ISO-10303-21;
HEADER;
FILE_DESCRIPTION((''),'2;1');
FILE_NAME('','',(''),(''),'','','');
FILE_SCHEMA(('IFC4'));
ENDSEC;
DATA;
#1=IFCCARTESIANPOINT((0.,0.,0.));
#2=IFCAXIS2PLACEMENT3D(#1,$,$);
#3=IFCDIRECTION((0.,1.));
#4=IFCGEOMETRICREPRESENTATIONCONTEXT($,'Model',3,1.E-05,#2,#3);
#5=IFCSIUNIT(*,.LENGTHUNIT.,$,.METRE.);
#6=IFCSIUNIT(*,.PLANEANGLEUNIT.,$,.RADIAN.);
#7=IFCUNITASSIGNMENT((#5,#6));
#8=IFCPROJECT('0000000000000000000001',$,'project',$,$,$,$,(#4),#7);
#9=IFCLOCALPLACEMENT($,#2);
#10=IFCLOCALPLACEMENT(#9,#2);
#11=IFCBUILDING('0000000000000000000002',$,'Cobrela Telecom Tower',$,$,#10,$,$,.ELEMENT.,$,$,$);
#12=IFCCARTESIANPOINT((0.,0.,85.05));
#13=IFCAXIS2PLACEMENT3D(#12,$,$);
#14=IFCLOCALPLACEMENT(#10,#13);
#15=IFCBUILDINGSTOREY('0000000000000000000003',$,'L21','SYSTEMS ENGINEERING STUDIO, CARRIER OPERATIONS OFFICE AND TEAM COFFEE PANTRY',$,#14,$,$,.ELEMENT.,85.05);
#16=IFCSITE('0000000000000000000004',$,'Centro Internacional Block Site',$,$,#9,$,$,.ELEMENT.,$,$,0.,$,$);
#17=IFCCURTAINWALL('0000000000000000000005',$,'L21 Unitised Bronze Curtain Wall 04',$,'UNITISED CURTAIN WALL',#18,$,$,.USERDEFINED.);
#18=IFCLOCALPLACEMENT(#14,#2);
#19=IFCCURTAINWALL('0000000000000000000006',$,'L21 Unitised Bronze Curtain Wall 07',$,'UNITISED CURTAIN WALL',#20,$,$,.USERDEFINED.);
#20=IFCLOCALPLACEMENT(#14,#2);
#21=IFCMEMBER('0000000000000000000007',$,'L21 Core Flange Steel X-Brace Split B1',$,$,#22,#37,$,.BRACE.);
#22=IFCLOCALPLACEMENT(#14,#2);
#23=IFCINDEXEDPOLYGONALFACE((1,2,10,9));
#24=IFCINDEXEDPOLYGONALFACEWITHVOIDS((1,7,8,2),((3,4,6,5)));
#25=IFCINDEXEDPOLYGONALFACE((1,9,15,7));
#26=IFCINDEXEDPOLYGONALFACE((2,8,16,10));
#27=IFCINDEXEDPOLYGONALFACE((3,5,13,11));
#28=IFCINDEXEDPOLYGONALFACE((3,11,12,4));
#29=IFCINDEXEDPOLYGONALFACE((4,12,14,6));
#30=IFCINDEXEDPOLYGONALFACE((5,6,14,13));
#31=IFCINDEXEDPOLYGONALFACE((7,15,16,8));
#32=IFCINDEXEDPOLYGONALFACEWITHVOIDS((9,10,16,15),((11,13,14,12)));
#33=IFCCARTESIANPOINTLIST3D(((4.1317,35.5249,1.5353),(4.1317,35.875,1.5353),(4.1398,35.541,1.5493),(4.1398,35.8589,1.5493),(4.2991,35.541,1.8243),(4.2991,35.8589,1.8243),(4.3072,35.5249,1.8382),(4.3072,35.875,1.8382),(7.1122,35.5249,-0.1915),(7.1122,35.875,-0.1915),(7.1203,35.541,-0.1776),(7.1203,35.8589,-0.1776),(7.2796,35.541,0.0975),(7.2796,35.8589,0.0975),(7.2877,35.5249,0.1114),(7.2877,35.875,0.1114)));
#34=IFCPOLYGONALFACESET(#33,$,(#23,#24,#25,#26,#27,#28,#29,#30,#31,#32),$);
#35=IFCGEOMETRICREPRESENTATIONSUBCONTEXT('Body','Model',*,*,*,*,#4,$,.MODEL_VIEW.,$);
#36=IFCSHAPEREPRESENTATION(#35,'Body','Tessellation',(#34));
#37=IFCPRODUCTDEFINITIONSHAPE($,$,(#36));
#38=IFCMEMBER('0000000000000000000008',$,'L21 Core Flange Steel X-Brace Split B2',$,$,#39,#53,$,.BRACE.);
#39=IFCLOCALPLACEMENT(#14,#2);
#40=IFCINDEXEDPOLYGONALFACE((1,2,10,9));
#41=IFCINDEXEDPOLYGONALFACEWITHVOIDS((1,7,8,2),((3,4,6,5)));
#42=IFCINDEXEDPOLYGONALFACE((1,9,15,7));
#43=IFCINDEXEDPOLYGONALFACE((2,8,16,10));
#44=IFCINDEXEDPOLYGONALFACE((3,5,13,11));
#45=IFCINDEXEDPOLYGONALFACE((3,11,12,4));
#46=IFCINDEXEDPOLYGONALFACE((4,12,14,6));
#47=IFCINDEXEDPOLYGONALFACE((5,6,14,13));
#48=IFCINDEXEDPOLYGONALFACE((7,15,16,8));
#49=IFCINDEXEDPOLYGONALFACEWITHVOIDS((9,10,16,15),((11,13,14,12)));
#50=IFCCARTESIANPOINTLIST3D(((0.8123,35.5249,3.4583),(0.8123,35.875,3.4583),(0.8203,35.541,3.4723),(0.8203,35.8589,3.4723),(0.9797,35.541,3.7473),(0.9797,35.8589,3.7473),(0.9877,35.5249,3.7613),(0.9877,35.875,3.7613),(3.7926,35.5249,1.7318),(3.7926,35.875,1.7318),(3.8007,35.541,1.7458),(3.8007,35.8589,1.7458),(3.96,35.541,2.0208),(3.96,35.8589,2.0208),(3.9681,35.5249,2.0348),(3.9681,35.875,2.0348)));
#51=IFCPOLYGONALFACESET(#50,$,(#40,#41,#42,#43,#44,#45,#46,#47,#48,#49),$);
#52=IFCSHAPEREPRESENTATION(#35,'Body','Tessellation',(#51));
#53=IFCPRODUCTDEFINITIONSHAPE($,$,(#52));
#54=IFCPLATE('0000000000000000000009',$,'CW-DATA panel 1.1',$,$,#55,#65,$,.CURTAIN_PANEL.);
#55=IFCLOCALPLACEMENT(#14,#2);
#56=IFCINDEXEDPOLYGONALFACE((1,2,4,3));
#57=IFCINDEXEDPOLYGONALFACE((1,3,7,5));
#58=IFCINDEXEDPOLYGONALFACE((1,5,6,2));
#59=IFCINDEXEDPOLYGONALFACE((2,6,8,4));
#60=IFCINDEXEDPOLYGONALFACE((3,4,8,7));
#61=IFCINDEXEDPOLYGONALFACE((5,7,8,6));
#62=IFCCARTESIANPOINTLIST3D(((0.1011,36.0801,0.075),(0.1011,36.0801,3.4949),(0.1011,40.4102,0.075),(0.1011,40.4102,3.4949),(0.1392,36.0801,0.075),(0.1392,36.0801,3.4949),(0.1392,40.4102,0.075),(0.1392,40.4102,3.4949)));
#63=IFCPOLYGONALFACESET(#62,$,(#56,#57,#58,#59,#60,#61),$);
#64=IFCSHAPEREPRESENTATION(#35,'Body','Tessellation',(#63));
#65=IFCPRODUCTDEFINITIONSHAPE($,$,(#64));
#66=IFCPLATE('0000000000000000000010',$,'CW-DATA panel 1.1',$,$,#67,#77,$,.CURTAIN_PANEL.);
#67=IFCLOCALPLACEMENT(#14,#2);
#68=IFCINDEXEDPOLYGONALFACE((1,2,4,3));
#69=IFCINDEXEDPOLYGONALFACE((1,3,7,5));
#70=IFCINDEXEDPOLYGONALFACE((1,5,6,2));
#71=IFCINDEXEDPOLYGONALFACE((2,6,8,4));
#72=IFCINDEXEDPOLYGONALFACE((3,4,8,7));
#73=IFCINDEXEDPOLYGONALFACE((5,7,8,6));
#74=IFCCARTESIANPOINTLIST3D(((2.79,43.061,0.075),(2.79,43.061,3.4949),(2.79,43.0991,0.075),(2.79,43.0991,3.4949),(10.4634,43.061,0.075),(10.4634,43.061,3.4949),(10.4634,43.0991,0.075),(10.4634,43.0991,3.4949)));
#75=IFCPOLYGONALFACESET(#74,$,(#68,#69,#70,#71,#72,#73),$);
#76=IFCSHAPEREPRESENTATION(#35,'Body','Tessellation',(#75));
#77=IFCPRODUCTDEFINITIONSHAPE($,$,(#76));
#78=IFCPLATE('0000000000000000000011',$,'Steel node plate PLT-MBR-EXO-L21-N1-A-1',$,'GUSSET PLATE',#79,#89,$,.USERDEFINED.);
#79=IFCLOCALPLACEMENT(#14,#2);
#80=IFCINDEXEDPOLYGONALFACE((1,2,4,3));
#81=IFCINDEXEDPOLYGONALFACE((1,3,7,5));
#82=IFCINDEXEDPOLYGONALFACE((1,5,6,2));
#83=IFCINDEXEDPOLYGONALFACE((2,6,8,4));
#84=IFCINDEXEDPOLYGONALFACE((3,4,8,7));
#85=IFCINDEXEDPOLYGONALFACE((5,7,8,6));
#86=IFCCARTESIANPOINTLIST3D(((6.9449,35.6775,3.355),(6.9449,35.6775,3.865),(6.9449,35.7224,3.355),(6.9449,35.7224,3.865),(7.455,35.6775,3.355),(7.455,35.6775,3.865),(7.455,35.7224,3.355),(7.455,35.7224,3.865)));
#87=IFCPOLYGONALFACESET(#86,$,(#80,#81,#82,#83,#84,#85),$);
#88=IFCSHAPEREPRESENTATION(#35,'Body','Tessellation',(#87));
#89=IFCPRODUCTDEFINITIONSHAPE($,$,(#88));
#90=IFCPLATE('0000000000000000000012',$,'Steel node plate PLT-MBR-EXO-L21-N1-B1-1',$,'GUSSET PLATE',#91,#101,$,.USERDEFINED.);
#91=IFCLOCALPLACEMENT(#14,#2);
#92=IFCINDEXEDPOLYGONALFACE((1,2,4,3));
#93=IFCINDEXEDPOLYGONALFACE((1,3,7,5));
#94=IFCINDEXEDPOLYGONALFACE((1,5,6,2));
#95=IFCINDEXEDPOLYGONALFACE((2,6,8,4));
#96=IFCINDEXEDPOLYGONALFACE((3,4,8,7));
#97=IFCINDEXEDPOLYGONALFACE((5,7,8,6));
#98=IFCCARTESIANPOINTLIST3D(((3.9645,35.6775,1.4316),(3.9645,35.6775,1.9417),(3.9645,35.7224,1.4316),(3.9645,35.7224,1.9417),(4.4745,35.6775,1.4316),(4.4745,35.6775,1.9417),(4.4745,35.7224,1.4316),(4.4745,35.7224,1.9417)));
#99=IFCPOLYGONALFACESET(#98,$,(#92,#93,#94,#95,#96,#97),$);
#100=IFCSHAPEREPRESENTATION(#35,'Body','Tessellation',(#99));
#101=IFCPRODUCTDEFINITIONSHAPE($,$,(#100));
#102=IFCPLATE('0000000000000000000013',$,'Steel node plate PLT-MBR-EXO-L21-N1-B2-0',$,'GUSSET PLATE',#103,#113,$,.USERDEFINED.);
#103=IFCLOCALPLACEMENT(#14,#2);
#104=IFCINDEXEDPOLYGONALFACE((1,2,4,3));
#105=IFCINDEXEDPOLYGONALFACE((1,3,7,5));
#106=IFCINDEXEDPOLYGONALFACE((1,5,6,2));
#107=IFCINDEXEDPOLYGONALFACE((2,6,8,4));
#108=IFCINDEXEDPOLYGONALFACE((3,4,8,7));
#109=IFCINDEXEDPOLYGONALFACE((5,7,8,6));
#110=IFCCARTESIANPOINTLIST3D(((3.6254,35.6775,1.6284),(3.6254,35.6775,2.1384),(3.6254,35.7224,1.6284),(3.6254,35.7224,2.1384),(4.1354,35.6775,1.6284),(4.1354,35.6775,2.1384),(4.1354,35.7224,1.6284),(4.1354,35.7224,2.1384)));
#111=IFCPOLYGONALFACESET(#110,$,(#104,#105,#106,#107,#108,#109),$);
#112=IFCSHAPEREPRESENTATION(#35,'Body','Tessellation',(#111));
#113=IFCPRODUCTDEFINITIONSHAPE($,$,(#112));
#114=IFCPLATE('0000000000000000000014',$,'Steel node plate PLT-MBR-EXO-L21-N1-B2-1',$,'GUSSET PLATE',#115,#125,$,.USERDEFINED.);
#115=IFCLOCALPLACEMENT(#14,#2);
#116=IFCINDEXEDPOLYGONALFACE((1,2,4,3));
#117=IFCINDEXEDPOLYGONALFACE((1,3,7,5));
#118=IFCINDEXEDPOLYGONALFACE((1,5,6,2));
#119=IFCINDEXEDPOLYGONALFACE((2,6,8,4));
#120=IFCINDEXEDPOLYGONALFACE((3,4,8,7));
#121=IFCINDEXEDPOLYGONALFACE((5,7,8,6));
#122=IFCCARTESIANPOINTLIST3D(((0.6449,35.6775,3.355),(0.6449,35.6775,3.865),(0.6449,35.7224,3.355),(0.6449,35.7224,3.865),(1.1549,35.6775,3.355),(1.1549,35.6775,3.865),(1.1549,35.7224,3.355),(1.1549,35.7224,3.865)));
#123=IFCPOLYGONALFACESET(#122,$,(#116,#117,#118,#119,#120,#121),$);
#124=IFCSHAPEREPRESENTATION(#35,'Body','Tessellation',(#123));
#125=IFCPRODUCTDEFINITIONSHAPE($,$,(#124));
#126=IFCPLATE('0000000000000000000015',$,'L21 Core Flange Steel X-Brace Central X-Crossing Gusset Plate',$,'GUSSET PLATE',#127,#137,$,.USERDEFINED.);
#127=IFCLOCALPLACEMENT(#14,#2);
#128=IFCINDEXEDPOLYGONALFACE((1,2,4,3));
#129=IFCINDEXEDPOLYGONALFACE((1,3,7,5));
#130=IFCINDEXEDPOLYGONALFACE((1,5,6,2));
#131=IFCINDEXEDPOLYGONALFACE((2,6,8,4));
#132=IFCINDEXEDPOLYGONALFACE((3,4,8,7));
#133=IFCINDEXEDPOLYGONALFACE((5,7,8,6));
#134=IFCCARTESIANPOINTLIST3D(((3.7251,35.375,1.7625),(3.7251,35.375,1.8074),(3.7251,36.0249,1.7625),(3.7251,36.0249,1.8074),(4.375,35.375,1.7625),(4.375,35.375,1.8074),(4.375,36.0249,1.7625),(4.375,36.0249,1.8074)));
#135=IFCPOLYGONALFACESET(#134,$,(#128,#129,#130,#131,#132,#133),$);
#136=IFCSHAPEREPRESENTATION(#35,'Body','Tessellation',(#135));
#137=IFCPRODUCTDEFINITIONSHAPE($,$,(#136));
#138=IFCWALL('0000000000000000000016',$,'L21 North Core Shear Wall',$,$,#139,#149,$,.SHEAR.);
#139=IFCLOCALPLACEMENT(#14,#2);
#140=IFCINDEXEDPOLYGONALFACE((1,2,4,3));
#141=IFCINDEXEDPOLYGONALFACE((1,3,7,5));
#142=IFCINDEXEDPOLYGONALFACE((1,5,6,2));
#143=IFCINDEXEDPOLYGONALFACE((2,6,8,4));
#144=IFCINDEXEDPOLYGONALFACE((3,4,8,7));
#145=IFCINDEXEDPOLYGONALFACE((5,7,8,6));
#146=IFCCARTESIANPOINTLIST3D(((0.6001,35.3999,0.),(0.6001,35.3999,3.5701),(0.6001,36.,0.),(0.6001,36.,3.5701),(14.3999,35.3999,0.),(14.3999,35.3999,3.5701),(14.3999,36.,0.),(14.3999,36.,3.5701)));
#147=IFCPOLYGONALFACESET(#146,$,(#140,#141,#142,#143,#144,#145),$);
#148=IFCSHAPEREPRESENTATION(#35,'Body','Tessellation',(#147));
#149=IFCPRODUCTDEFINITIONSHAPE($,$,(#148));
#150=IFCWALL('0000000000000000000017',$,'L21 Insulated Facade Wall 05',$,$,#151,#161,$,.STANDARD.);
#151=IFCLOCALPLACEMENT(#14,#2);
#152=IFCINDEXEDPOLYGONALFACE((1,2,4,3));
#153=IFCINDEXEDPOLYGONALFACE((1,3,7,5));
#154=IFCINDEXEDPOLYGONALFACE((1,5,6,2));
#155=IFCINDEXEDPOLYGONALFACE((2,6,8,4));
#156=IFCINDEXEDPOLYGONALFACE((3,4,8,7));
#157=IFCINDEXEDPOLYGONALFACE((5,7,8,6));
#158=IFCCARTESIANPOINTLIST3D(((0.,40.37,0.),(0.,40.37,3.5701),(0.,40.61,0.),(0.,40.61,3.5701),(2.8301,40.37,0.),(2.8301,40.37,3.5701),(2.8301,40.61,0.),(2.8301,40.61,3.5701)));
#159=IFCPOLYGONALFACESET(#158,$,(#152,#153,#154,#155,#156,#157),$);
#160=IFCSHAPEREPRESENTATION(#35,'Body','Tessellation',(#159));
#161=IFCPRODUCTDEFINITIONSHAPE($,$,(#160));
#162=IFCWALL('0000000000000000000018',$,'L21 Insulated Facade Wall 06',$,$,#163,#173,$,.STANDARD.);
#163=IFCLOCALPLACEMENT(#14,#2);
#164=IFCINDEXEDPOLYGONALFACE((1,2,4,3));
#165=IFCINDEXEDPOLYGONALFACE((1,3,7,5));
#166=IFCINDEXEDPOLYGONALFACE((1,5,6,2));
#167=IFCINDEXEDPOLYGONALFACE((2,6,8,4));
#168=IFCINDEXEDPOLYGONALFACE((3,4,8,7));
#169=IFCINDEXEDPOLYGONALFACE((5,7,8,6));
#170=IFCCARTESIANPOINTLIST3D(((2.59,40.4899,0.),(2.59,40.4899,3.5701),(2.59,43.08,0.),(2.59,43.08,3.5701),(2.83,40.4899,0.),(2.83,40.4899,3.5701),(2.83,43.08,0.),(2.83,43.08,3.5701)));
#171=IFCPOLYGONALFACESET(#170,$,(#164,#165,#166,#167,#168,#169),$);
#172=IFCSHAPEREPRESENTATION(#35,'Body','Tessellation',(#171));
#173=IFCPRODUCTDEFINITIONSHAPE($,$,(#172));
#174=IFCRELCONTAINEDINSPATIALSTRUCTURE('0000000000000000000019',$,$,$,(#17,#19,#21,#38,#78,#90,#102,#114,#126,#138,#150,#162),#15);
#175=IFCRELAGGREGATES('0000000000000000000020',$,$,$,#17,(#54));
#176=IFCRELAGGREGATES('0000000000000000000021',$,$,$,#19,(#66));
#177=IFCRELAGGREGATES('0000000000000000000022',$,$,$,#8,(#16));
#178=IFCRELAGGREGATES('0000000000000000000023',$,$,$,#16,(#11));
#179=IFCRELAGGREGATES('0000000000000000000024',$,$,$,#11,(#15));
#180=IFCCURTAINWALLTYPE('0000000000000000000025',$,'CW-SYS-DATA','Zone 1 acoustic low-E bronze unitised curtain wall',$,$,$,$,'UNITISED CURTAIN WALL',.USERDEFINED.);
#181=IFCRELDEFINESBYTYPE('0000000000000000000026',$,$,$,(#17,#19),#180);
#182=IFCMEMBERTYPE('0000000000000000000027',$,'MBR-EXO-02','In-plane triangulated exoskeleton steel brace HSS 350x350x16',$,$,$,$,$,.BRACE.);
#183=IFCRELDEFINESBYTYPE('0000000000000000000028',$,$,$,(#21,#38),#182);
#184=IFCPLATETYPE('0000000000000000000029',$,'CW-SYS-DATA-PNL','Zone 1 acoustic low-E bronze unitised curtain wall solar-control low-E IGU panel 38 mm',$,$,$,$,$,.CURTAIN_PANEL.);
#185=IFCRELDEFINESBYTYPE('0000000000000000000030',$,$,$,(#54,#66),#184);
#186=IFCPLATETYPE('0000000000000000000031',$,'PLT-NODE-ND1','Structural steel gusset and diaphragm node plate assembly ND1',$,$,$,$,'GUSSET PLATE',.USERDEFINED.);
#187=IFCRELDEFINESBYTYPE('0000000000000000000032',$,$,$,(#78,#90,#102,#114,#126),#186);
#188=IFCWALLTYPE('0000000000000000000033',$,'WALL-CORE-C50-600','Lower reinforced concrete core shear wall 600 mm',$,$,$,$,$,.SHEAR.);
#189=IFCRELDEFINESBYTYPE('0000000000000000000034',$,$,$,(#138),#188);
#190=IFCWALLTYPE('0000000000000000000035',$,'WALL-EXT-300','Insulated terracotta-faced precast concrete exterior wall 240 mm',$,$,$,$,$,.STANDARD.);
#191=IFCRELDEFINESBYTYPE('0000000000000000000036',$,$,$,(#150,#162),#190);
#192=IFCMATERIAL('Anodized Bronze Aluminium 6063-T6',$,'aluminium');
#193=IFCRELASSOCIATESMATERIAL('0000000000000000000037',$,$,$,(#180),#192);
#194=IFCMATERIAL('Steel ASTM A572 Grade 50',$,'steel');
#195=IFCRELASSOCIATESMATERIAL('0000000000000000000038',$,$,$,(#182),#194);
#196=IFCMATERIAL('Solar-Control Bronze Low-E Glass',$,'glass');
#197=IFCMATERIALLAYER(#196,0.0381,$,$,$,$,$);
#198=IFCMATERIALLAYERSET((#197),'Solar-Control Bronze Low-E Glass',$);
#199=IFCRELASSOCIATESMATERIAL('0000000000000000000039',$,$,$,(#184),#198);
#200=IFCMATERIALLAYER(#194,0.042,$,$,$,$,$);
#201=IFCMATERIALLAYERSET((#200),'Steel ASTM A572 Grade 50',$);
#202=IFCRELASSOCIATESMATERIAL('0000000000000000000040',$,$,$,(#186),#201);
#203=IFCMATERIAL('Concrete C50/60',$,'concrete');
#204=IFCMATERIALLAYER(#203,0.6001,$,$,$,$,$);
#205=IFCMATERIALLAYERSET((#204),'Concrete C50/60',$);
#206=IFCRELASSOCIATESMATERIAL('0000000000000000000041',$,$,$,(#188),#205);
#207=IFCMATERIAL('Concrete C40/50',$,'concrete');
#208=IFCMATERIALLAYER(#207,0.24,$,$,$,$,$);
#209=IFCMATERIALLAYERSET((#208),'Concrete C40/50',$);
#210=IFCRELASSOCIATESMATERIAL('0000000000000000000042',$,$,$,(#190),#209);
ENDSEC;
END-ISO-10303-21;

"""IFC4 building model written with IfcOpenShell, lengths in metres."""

from ifc_helpers import new_model, si_unit, direction, frame, frame_2d, origin, origin_2d, place, context, subcontext, project, spatial, rectangle, hollow_rectangle, extrude, material, layer, layer_set, material_profile, profile_set, type_object, element, aggregate, save


model = new_model("IFC4")

# Units and contexts
model_context = context("Model", 3, precision=1e-05, world=origin(), true_north=direction((0.0, 1.0)))
body_context = subcontext(model_context, "Body", "Model", "MODEL_VIEW")
ifc_project = project(units=[si_unit("LENGTHUNIT", "METRE"), si_unit("PLANEANGLEUNIT", "RADIAN")], contexts=[model_context])

# Site, building, storey
site_placement = place(None, origin())
site = spatial("IfcSite", under=ifc_project, at=site_placement, Name="Centro Internacional Block Site", CompositionType="ELEMENT", RefElevation=0.0)
building_placement = place(site_placement, origin())
building = spatial("IfcBuilding", under=site, at=building_placement, Name="Cobrela Telecom Tower", CompositionType="ELEMENT")
storey_placement = place(building_placement, frame((0.0, 0.0, 85.05)))
storey = spatial("IfcBuildingStorey", under=building, at=storey_placement, Name="L21", Description="SYSTEMS ENGINEERING STUDIO, CARRIER OPERATIONS OFFICE AND TEAM COFFEE PANTRY", CompositionType="ELEMENT", Elevation=85.05)

# Curtain wall
ifc_material_1 = material(Name="Anodized Bronze Aluminium 6063-T6", Category="aluminium")
curtain_wall_type = type_object("IfcCurtainWallType", Name="CW-SYS-DATA", Description="Zone 1 acoustic low-E bronze unitised curtain wall", ElementType="UNITISED CURTAIN WALL", PredefinedType="USERDEFINED", material=ifc_material_1)
curtain_wall_1_placement = place(storey_placement, origin())
curtain_wall_1 = element("IfcCurtainWall", 1, at=curtain_wall_1_placement, inside=storey, type_object=curtain_wall_type, Name="L21 Unitised Bronze Curtain Wall 04", ObjectType="UNITISED CURTAIN WALL", PredefinedType="USERDEFINED")

# Curtain wall
curtain_wall_2_placement = place(storey_placement, origin())
curtain_wall_2 = element("IfcCurtainWall", 2, at=curtain_wall_2_placement, inside=storey, type_object=curtain_wall_type, Name="L21 Unitised Bronze Curtain Wall 07", ObjectType="UNITISED CURTAIN WALL", PredefinedType="USERDEFINED")

# Members
ifc_material_2 = material(Name="Steel ASTM A572 Grade 50", Category="steel")
ifc_material_profile_1 = material_profile(ifc_material_2, hollow_rectangle(XDim=0.3501, YDim=0.3501, WallThickness=0.0161, at=origin_2d()), Name="HSS 350x350x16")
ifc_profile_set_1 = profile_set([ifc_material_profile_1], Name="Steel ASTM A572 Grade 50")
member_type_1 = type_object("IfcMemberType", Name="MBR-EXO-02", Description="In-plane triangulated exoskeleton steel brace HSS 350x350x16", PredefinedType="BRACE", material=ifc_profile_set_1)
member_1_placement = place(storey_placement, frame((7.2, 35.7, -0.04), z_axis=(-0.865266, 0.0, 0.501313), x_axis=(0.0, -1.0, 0.0)))
element("IfcMember", 3, at=member_1_placement, inside=storey, type_object=member_type_1, Name="L21 Core Flange Steel X-Brace Split B1", PredefinedType="BRACE", context=body_context, shape_type="SweptSolid", body=[
    extrude(hollow_rectangle(XDim=0.3501, YDim=0.3501, WallThickness=0.0161, at=origin_2d()), origin(), (0.0, 0.0, 1.0), 3.4446),
])
member_2_placement = place(storey_placement, frame((3.8804, 35.7, 1.8833), z_axis=(-0.865297, 0.0, 0.50126), x_axis=(0.0, -1.0, 0.0)))
element("IfcMember", 4, at=member_2_placement, inside=storey, type_object=member_type_1, Name="L21 Core Flange Steel X-Brace Split B2", PredefinedType="BRACE", context=body_context, shape_type="SweptSolid", body=[
    extrude(hollow_rectangle(XDim=0.3501, YDim=0.3501, WallThickness=0.0161, at=origin_2d()), origin(), (0.0, 0.0, 1.0), 3.4443),
])

# Plates
ifc_material_3 = material(Name="Solar-Control Bronze Low-E Glass", Category="glass")
ifc_layer_1 = layer(ifc_material_3, 0.0381)
ifc_layer_set_1 = layer_set([ifc_layer_1], Name="Solar-Control Bronze Low-E Glass")
plate_type_1 = type_object("IfcPlateType", Name="CW-SYS-DATA-PNL", Description="Zone 1 acoustic low-E bronze unitised curtain wall solar-control low-E IGU panel 38 mm", PredefinedType="CURTAIN_PANEL", material=ifc_layer_set_1)
plate_1_placement = place(storey_placement, frame((0.1201, 38.2451, 0.075), z_axis=(0.0, 0.0, 1.0), x_axis=(0.0, 1.0, 0.0)))
plate_1 = element("IfcPlate", 5, at=plate_1_placement, type_object=plate_type_1, Name="CW-DATA panel 1.1", PredefinedType="CURTAIN_PANEL", context=body_context, shape_type="SweptSolid", body=[
    extrude(rectangle(XDim=4.3301, YDim=0.0381, at=origin_2d()), origin(), (0.0, 0.0, 1.0), 3.4199),
])
aggregate(curtain_wall_1, [plate_1])
plate_2_placement = place(storey_placement, frame((6.6267, 43.0801, 0.075), z_axis=(0.0, 0.0, 1.0), x_axis=(1.0, 0.0, 0.0)))
plate_2 = element("IfcPlate", 6, at=plate_2_placement, type_object=plate_type_1, Name="CW-DATA panel 1.1", PredefinedType="CURTAIN_PANEL", context=body_context, shape_type="SweptSolid", body=[
    extrude(rectangle(XDim=7.6733, YDim=0.0381, at=origin_2d()), origin(), (0.0, 0.0, 1.0), 3.4199),
])
aggregate(curtain_wall_2, [plate_2])

# Plates
ifc_layer_2 = layer(ifc_material_2, 0.042)
ifc_layer_set_2 = layer_set([ifc_layer_2], Name="Steel ASTM A572 Grade 50")
plate_type_2 = type_object("IfcPlateType", Name="PLT-NODE-ND1", Description="Structural steel gusset and diaphragm node plate assembly ND1", ElementType="GUSSET PLATE", PredefinedType="USERDEFINED", material=ifc_layer_set_2)
for number, where, z_axis, x_axis, name in (
    (7, (7.2, 35.7, 3.355), (0.0, 0.0, 1.0), (1.0, 0.0, 0.0), "Steel node plate PLT-MBR-EXO-L21-N1-A-1"),
    (8, (4.2195, 35.7, 1.4316), (0.0, 0.0, 1.0), (-1.0, 0.0, 0.0), "Steel node plate PLT-MBR-EXO-L21-N1-B1-1"),
    (9, (3.8804, 35.7, 1.6284), (0.0, 0.0, 1.0), (-1.0, 0.0, 0.0), "Steel node plate PLT-MBR-EXO-L21-N1-B2-0"),
    (10, (0.8999, 35.7, 3.355), (0.0, 0.0, 1.0), (-1.0, 0.0, 0.0), "Steel node plate PLT-MBR-EXO-L21-N1-B2-1"),
):
    element("IfcPlate", number, at=place(storey_placement, frame(where, z_axis=z_axis, x_axis=x_axis)), inside=storey, type_object=plate_type_2, Name=name, ObjectType="GUSSET PLATE", PredefinedType="USERDEFINED", context=body_context, shape_type="SweptSolid", body=[
        extrude(rectangle(XDim=0.51, YDim=0.0449, at=origin_2d()), origin(), (0.0, 0.0, 1.0), 0.51),
    ])
plate_3_placement = place(storey_placement, frame((4.05, 35.7, 1.7625), z_axis=(0.0, 0.0, 1.0), x_axis=(1.0, 0.0, 0.0)))
element("IfcPlate", 11, at=plate_3_placement, inside=storey, type_object=plate_type_2, Name="L21 Core Flange Steel X-Brace Central X-Crossing Gusset Plate", ObjectType="GUSSET PLATE", PredefinedType="USERDEFINED", context=body_context, shape_type="SweptSolid", body=[
    extrude(rectangle(XDim=0.6499, YDim=0.6499, at=origin_2d()), origin(), (0.0, 0.0, 1.0), 0.0449),
])

# Walls
ifc_material_4 = material(Name="Concrete C50/60", Category="concrete")
ifc_layer_3 = layer(ifc_material_4, 0.6001)
ifc_layer_set_3 = layer_set([ifc_layer_3], Name="Concrete C50/60")
wall_type_1 = type_object("IfcWallType", Name="WALL-CORE-C50-600", Description="Lower reinforced concrete core shear wall 600 mm", PredefinedType="SHEAR", material=ifc_layer_set_3)
wall_1_placement = place(storey_placement, frame((0.6001, 35.7, 0.0), z_axis=(0.0, 0.0, 1.0), x_axis=(1.0, 0.0, 0.0)))
element("IfcWall", 12, at=wall_1_placement, inside=storey, type_object=wall_type_1, Name="L21 North Core Shear Wall", PredefinedType="SHEAR", context=body_context, shape_type="SweptSolid", body=[
    extrude(rectangle(XDim=13.7998, YDim=0.6001, at=frame_2d((6.8999, 0.0))), origin(), (0.0, 0.0, 1.0), 3.5701),
])
ifc_material_5 = material(Name="Concrete C40/50", Category="concrete")
ifc_layer_4 = layer(ifc_material_5, 0.24)
ifc_layer_set_4 = layer_set([ifc_layer_4], Name="Concrete C40/50")
wall_type_2 = type_object("IfcWallType", Name="WALL-EXT-300", Description="Insulated terracotta-faced precast concrete exterior wall 240 mm", PredefinedType="STANDARD", material=ifc_layer_set_4)
wall_2_placement = place(storey_placement, frame((0.0, 40.49, 0.0), z_axis=(0.0, 0.0, 1.0), x_axis=(1.0, 0.0, 0.0)))
element("IfcWall", 13, at=wall_2_placement, inside=storey, type_object=wall_type_2, Name="L21 Insulated Facade Wall 05", PredefinedType="STANDARD", context=body_context, shape_type="SweptSolid", body=[
    extrude(rectangle(XDim=2.8301, YDim=0.24, at=frame_2d((1.415, 0.0))), origin(), (0.0, 0.0, 1.0), 3.5701),
])
wall_3_placement = place(storey_placement, frame((2.71, 40.49, 0.0), z_axis=(0.0, 0.0, 1.0), x_axis=(0.0, 1.0, 0.0)))
element("IfcWall", 14, at=wall_3_placement, inside=storey, type_object=wall_type_2, Name="L21 Insulated Facade Wall 06", PredefinedType="STANDARD", context=body_context, shape_type="SweptSolid", body=[
    extrude(rectangle(XDim=2.5901, YDim=0.24, at=frame_2d((1.2949, 0.0))), origin(), (0.0, 0.0, 1.0), 3.5701),
])

save(model, "model.ifc")
